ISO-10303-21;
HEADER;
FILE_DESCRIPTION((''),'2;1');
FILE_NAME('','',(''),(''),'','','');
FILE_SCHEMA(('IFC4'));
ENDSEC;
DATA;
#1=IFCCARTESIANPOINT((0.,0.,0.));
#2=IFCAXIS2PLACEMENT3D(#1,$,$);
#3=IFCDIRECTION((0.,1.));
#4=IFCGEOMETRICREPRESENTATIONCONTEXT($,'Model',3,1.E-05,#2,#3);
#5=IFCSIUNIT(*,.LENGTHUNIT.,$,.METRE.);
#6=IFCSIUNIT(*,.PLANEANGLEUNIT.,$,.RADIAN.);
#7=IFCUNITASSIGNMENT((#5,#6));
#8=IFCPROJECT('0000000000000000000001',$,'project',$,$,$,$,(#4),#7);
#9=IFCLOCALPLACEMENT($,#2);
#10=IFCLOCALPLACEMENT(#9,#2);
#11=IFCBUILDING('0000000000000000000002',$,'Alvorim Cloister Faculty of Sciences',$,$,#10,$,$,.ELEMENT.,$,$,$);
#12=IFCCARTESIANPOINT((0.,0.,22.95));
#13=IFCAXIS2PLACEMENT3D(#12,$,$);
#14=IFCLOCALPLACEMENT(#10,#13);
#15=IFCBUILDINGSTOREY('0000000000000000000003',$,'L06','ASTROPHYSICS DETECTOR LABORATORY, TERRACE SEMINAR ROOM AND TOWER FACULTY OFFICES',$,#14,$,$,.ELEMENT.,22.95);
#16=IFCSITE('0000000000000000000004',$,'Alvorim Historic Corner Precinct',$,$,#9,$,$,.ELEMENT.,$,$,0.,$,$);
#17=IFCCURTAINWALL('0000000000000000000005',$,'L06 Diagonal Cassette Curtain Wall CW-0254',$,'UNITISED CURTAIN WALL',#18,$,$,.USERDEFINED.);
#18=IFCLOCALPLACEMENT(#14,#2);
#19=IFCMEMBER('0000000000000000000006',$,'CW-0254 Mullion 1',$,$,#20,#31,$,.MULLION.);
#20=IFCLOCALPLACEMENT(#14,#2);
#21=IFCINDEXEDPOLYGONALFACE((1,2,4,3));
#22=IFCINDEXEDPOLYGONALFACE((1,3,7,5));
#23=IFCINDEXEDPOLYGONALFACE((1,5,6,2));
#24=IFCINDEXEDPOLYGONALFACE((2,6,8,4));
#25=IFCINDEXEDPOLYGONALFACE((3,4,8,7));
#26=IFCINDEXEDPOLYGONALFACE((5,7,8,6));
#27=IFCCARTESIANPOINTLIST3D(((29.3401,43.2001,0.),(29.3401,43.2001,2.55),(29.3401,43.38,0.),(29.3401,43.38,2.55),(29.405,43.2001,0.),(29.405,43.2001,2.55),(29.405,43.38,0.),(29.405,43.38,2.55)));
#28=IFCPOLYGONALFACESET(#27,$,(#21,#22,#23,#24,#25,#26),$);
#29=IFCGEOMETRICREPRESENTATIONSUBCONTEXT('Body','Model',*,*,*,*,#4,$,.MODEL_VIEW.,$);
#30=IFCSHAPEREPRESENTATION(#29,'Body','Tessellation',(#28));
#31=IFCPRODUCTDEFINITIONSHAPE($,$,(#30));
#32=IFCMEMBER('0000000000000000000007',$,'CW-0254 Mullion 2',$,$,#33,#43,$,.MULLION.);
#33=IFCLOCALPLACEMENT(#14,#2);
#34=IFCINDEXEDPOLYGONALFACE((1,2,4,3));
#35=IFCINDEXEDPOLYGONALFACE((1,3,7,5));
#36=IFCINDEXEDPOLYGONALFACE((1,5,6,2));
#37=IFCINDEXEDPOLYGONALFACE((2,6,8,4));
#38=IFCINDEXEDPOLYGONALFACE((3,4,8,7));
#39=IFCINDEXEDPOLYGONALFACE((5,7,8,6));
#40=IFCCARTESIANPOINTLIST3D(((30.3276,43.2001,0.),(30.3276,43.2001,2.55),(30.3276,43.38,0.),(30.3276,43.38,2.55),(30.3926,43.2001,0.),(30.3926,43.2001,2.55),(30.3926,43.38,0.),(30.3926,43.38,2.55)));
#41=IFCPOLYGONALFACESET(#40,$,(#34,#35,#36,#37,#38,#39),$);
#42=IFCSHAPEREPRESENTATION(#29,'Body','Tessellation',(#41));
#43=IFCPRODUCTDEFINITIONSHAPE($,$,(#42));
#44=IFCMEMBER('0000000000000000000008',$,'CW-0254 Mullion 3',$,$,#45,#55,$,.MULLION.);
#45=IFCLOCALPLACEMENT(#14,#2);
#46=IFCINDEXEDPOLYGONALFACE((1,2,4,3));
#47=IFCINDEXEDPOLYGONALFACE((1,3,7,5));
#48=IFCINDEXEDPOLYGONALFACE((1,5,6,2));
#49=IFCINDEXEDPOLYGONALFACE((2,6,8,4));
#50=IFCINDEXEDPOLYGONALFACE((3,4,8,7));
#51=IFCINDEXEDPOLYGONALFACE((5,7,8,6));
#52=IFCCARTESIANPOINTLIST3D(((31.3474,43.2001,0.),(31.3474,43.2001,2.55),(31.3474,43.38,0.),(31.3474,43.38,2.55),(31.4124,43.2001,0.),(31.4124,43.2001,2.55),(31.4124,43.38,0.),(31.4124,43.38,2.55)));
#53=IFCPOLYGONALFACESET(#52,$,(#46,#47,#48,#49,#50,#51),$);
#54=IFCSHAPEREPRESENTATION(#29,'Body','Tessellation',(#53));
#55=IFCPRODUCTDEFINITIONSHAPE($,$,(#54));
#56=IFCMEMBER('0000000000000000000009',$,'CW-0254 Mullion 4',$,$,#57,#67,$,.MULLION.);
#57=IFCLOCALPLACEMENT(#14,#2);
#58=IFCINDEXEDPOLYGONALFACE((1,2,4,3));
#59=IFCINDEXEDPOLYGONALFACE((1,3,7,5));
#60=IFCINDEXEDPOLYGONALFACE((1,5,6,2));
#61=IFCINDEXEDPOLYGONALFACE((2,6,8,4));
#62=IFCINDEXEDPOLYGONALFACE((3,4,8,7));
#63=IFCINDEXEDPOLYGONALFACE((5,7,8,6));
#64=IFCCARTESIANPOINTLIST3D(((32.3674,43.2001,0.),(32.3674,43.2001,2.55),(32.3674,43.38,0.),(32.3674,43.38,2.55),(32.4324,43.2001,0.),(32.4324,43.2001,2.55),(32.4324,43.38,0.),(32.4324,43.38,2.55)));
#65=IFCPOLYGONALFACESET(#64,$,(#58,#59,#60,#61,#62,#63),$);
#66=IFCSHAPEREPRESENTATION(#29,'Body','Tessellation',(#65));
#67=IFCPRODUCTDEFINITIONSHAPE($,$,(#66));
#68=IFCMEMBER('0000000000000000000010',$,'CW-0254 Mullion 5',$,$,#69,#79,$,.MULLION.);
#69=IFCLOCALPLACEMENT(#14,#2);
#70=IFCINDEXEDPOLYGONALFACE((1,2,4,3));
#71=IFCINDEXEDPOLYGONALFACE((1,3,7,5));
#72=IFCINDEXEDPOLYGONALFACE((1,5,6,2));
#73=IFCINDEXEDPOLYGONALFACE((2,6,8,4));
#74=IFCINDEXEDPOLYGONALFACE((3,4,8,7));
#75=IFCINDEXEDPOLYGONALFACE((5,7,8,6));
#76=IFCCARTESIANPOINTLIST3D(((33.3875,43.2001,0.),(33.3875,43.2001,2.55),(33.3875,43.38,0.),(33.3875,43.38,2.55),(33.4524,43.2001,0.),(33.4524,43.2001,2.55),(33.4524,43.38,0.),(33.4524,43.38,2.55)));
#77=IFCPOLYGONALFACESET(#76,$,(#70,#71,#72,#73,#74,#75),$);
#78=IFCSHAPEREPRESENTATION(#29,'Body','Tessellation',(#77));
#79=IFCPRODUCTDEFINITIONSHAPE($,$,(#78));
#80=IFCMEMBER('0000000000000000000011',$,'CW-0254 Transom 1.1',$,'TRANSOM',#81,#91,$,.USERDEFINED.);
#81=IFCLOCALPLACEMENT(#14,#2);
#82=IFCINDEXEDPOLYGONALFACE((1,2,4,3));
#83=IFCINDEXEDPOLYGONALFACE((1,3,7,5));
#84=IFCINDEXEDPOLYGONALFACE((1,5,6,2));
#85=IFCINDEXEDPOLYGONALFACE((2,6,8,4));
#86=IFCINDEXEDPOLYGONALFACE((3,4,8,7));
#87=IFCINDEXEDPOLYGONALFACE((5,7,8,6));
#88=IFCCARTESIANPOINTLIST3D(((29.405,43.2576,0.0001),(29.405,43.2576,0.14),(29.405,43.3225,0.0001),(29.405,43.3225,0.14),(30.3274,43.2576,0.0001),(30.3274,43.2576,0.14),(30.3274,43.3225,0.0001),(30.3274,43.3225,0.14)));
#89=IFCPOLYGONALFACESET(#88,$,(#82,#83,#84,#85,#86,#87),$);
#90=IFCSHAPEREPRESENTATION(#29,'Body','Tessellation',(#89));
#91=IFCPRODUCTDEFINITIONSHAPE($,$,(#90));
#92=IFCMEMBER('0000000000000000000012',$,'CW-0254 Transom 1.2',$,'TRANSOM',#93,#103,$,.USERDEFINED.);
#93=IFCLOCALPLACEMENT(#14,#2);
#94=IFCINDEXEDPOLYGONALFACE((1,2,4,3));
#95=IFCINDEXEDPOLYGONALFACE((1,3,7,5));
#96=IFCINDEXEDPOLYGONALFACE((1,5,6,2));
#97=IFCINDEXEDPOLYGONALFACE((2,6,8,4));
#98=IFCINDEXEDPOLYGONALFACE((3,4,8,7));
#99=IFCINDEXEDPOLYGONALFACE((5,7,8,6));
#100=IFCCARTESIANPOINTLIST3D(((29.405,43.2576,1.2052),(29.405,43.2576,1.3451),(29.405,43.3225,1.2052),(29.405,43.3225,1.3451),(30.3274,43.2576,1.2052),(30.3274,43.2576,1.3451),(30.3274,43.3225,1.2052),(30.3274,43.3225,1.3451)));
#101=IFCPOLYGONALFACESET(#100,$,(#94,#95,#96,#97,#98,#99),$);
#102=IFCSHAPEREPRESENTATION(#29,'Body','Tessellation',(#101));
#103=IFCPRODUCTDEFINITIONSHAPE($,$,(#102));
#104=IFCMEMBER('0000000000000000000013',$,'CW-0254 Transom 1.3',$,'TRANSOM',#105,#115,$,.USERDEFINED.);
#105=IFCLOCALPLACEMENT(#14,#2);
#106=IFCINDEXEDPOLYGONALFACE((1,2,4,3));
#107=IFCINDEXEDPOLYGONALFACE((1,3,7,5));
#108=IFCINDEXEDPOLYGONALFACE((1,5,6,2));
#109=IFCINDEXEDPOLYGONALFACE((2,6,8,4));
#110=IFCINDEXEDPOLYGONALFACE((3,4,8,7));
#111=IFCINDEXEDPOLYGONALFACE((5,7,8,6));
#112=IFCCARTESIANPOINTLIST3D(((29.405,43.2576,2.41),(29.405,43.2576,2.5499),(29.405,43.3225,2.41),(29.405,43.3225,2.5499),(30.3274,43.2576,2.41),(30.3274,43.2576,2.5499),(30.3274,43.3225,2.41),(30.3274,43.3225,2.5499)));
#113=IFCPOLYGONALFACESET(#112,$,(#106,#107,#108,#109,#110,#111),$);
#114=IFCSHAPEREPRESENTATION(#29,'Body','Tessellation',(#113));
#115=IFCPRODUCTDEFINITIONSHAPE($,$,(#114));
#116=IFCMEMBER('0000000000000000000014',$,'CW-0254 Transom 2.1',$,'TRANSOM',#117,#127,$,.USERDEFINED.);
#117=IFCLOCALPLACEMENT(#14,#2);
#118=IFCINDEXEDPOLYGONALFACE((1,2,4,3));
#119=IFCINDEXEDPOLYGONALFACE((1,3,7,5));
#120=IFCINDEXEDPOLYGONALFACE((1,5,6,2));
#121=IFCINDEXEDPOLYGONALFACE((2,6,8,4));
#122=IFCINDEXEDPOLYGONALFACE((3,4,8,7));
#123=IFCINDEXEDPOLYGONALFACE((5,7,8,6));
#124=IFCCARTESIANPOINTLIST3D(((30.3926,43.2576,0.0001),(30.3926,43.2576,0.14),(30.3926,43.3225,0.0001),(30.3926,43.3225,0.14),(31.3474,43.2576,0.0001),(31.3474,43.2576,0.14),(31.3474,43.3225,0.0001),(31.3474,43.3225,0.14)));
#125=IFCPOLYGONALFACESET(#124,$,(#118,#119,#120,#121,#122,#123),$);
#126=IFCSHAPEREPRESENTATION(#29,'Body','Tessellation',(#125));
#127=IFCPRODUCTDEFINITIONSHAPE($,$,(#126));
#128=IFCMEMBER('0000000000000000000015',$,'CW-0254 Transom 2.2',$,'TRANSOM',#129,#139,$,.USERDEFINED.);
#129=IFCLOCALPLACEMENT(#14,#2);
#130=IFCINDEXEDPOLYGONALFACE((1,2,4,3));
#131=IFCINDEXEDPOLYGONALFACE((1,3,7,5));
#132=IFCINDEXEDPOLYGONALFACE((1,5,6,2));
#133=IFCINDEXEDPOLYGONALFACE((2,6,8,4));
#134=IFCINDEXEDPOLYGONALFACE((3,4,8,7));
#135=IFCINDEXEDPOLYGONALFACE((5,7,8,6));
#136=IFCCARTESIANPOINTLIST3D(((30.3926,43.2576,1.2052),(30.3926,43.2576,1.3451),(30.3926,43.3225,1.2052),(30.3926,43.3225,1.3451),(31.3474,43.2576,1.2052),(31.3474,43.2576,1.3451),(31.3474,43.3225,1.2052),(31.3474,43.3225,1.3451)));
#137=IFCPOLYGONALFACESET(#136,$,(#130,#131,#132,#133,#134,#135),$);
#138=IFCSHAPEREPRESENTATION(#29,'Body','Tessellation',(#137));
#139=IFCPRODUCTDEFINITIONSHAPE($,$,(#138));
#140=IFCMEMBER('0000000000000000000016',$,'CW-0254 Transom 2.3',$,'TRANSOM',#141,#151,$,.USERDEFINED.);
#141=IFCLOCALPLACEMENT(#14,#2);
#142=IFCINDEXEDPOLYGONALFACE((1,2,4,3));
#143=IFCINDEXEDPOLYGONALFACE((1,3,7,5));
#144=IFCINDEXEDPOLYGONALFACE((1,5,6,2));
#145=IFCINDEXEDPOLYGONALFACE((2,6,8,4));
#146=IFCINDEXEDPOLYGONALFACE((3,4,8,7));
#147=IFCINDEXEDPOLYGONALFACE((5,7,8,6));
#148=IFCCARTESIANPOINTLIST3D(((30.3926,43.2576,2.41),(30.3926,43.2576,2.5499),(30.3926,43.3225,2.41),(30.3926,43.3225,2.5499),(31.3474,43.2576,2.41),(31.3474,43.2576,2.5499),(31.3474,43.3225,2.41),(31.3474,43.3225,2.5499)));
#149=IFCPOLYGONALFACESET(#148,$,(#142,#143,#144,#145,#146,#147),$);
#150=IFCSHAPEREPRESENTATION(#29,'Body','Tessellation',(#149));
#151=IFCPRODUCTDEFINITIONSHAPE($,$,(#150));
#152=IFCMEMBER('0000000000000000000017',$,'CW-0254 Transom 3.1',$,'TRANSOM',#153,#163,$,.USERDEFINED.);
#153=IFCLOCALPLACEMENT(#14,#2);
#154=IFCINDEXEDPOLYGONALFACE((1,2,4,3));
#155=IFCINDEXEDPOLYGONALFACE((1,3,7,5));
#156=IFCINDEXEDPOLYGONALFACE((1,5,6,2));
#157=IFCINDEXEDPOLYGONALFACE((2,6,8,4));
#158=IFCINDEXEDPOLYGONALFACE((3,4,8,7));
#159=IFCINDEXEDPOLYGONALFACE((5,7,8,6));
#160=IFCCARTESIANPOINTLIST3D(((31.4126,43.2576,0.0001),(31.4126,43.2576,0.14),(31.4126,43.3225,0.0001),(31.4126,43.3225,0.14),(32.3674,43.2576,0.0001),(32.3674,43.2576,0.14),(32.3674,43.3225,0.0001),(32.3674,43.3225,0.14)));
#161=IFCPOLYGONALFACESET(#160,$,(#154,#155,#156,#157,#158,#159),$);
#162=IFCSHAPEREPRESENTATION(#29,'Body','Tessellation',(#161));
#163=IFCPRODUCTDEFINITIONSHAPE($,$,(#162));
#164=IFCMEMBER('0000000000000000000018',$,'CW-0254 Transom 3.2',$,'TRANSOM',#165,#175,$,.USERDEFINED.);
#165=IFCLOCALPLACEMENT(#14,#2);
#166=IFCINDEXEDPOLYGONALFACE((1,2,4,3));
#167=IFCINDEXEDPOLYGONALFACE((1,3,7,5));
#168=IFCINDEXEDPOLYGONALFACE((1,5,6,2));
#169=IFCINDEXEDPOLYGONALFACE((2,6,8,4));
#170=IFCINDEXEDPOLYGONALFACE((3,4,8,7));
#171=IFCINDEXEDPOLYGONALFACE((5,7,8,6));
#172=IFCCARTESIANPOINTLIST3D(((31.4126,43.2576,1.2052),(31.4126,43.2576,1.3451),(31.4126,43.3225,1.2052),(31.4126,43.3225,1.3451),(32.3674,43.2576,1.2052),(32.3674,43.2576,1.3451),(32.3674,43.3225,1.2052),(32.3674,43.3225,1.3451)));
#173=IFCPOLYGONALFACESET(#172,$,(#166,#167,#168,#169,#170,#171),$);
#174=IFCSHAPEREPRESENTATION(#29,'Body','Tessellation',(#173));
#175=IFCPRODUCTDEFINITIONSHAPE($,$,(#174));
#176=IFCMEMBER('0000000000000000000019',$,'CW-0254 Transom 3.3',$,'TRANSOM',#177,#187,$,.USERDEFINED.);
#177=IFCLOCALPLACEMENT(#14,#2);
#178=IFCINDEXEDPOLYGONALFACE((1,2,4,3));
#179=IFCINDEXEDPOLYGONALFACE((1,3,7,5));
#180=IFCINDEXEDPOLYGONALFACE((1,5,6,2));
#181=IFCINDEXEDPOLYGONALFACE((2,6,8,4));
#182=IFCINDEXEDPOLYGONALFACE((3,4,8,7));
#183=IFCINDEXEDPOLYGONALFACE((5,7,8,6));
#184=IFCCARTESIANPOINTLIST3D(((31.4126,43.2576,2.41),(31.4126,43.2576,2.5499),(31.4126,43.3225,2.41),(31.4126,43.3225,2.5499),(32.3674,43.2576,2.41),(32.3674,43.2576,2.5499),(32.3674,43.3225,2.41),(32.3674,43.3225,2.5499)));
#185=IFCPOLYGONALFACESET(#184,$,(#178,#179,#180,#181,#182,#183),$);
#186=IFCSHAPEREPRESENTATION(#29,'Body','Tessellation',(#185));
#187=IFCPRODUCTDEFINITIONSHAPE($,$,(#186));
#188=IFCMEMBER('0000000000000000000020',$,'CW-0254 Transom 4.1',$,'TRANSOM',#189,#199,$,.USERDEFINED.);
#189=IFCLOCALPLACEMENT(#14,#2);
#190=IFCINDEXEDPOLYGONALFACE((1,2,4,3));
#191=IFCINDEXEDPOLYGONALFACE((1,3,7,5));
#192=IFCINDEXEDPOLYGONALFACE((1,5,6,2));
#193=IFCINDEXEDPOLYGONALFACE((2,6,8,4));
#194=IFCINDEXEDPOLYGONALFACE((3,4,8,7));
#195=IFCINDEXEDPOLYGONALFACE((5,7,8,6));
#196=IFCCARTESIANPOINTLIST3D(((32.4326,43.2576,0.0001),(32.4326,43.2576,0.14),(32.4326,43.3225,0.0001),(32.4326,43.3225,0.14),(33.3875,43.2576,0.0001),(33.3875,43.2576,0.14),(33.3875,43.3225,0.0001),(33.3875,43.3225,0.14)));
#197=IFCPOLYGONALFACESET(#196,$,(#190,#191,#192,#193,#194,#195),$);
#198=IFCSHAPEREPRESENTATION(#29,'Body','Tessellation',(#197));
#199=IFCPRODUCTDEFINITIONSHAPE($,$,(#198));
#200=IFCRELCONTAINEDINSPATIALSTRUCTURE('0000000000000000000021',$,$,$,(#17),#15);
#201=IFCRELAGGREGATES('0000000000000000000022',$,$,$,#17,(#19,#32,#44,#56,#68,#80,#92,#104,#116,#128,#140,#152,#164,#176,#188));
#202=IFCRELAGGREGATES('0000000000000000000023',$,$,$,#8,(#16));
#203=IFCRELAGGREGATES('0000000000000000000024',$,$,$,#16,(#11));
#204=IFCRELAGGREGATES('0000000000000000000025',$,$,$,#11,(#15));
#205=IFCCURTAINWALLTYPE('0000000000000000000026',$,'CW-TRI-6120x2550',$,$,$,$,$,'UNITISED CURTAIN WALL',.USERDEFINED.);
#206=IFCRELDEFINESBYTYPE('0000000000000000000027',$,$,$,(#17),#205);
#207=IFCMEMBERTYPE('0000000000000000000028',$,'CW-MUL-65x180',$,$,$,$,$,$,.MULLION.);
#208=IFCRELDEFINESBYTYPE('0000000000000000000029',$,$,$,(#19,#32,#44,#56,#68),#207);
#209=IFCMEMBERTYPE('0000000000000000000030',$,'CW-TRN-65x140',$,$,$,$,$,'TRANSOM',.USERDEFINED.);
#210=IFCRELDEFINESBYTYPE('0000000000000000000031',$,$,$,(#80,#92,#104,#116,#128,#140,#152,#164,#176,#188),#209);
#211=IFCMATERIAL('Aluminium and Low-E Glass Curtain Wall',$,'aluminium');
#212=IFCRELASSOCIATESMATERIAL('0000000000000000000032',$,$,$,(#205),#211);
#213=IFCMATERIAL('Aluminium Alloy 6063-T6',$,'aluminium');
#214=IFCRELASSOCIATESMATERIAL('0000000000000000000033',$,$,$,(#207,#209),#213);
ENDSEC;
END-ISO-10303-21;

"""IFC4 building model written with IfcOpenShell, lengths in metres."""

from ifc_helpers import new_model, si_unit, direction, frame, origin, origin_2d, place, context, subcontext, project, spatial, rectangle, extrude, material, material_profile, profile_set, type_object, element, aggregate, save


model = new_model("IFC4")

# Units and contexts
model_context = context("Model", 3, precision=1e-05, world=origin(), true_north=direction((0.0, 1.0)))
body_context = subcontext(model_context, "Body", "Model", "MODEL_VIEW")
ifc_project = project(units=[si_unit("LENGTHUNIT", "METRE"), si_unit("PLANEANGLEUNIT", "RADIAN")], contexts=[model_context])

# Site, building, storey
site_placement = place(None, origin())
site = spatial("IfcSite", under=ifc_project, at=site_placement, Name="Alvorim Historic Corner Precinct", CompositionType="ELEMENT", RefElevation=0.0)
building_placement = place(site_placement, origin())
building = spatial("IfcBuilding", under=site, at=building_placement, Name="Alvorim Cloister Faculty of Sciences", CompositionType="ELEMENT")
storey_placement = place(building_placement, frame((0.0, 0.0, 22.95)))
storey = spatial("IfcBuildingStorey", under=building, at=storey_placement, Name="L06", Description="ASTROPHYSICS DETECTOR LABORATORY, TERRACE SEMINAR ROOM AND TOWER FACULTY OFFICES", CompositionType="ELEMENT", Elevation=22.95)

# Curtain wall, members
ifc_material_1 = material(Name="Aluminium and Low-E Glass Curtain Wall", Category="aluminium")
curtain_wall_type = type_object("IfcCurtainWallType", Name="CW-TRI-6120x2550", ElementType="UNITISED CURTAIN WALL", PredefinedType="USERDEFINED", material=ifc_material_1)
curtain_wall_placement = place(storey_placement, origin())
curtain_wall = element("IfcCurtainWall", 1, at=curtain_wall_placement, inside=storey, type_object=curtain_wall_type, Name="L06 Diagonal Cassette Curtain Wall CW-0254", ObjectType="UNITISED CURTAIN WALL", PredefinedType="USERDEFINED")
ifc_material_2 = material(Name="Aluminium Alloy 6063-T6", Category="aluminium")
ifc_material_profile_1 = material_profile(ifc_material_2, rectangle(XDim=0.0649, YDim=0.1799, at=origin_2d()), Name="ALU-MUL-65x180")
ifc_profile_set_1 = profile_set([ifc_material_profile_1], Name="Aluminium Alloy 6063-T6")
member_type_1 = type_object("IfcMemberType", Name="CW-MUL-65x180", PredefinedType="MULLION", material=ifc_profile_set_1)
member_1_placement = place(storey_placement, frame((29.3726, 43.29, 0.0), z_axis=(0.0, 0.0, 1.0), x_axis=(1.0, 0.0, 0.0)))
member_1 = element("IfcMember", 2, at=member_1_placement, type_object=member_type_1, Name="CW-0254 Mullion 1", PredefinedType="MULLION", context=body_context, shape_type="SweptSolid", body=[
    extrude(rectangle(XDim=0.0649, YDim=0.1799, at=origin_2d()), origin(), (0.0, 0.0, 1.0), 2.55),
])
member_2_placement = place(storey_placement, frame((30.3601, 43.29, 0.0), z_axis=(0.0, 0.0, 1.0), x_axis=(1.0, 0.0, 0.0)))
member_2 = element("IfcMember", 3, at=member_2_placement, type_object=member_type_1, Name="CW-0254 Mullion 2", PredefinedType="MULLION", context=body_context, shape_type="SweptSolid", body=[
    extrude(rectangle(XDim=0.0649, YDim=0.1799, at=origin_2d()), origin(), (0.0, 0.0, 1.0), 2.55),
])
member_3_placement = place(storey_placement, frame((31.3799, 43.29, 0.0), z_axis=(0.0, 0.0, 1.0), x_axis=(1.0, 0.0, 0.0)))
member_3 = element("IfcMember", 4, at=member_3_placement, type_object=member_type_1, Name="CW-0254 Mullion 3", PredefinedType="MULLION", context=body_context, shape_type="SweptSolid", body=[
    extrude(rectangle(XDim=0.0649, YDim=0.1799, at=origin_2d()), origin(), (0.0, 0.0, 1.0), 2.55),
])
member_4_placement = place(storey_placement, frame((32.3999, 43.29, 0.0), z_axis=(0.0, 0.0, 1.0), x_axis=(1.0, 0.0, 0.0)))
member_4 = element("IfcMember", 5, at=member_4_placement, type_object=member_type_1, Name="CW-0254 Mullion 4", PredefinedType="MULLION", context=body_context, shape_type="SweptSolid", body=[
    extrude(rectangle(XDim=0.0649, YDim=0.1799, at=origin_2d()), origin(), (0.0, 0.0, 1.0), 2.55),
])
member_5_placement = place(storey_placement, frame((33.4199, 43.29, 0.0), z_axis=(0.0, 0.0, 1.0), x_axis=(1.0, 0.0, 0.0)))
member_5 = element("IfcMember", 6, at=member_5_placement, type_object=member_type_1, Name="CW-0254 Mullion 5", PredefinedType="MULLION", context=body_context, shape_type="SweptSolid", body=[
    extrude(rectangle(XDim=0.0649, YDim=0.1799, at=origin_2d()), origin(), (0.0, 0.0, 1.0), 2.55),
])
ifc_material_profile_2 = material_profile(ifc_material_2, rectangle(XDim=0.0649, YDim=0.1399, at=origin_2d()), Name="ALU-TRN-65x140")
ifc_profile_set_2 = profile_set([ifc_material_profile_2], Name="Aluminium Alloy 6063-T6")
member_type_2 = type_object("IfcMemberType", Name="CW-TRN-65x140", ElementType="TRANSOM", PredefinedType="USERDEFINED", material=ifc_profile_set_2)
member_6_placement = place(storey_placement, frame((29.405, 43.29, 0.0701), z_axis=(1.0, 0.0, 0.0), x_axis=(0.0, 1.0, 0.0)))
member_6 = element("IfcMember", 7, at=member_6_placement, type_object=member_type_2, Name="CW-0254 Transom 1.1", ObjectType="TRANSOM", PredefinedType="USERDEFINED", context=body_context, shape_type="SweptSolid", body=[
    extrude(rectangle(XDim=0.0649, YDim=0.1399, at=origin_2d()), origin(), (0.0, 0.0, 1.0), 0.9224),
])
member_7_placement = place(storey_placement, frame((29.405, 43.29, 1.2751), z_axis=(1.0, 0.0, 0.0), x_axis=(0.0, 1.0, 0.0)))
member_7 = element("IfcMember", 8, at=member_7_placement, type_object=member_type_2, Name="CW-0254 Transom 1.2", ObjectType="TRANSOM", PredefinedType="USERDEFINED", context=body_context, shape_type="SweptSolid", body=[
    extrude(rectangle(XDim=0.0649, YDim=0.1399, at=origin_2d()), origin(), (0.0, 0.0, 1.0), 0.9224),
])
member_8_placement = place(storey_placement, frame((29.405, 43.29, 2.48), z_axis=(1.0, 0.0, 0.0), x_axis=(0.0, 1.0, 0.0)))
member_8 = element("IfcMember", 9, at=member_8_placement, type_object=member_type_2, Name="CW-0254 Transom 1.3", ObjectType="TRANSOM", PredefinedType="USERDEFINED", context=body_context, shape_type="SweptSolid", body=[
    extrude(rectangle(XDim=0.0649, YDim=0.1399, at=origin_2d()), origin(), (0.0, 0.0, 1.0), 0.9224),
])
member_9_placement = place(storey_placement, frame((30.3926, 43.29, 0.0701), z_axis=(1.0, 0.0, 0.0), x_axis=(0.0, 1.0, 0.0)))
member_9 = element("IfcMember", 10, at=member_9_placement, type_object=member_type_2, Name="CW-0254 Transom 2.1", ObjectType="TRANSOM", PredefinedType="USERDEFINED", context=body_context, shape_type="SweptSolid", body=[
    extrude(rectangle(XDim=0.0649, YDim=0.1399, at=origin_2d()), origin(), (0.0, 0.0, 1.0), 0.9548),
])
member_10_placement = place(storey_placement, frame((30.3926, 43.29, 1.2751), z_axis=(1.0, 0.0, 0.0), x_axis=(0.0, 1.0, 0.0)))
member_10 = element("IfcMember", 11, at=member_10_placement, type_object=member_type_2, Name="CW-0254 Transom 2.2", ObjectType="TRANSOM", PredefinedType="USERDEFINED", context=body_context, shape_type="SweptSolid", body=[
    extrude(rectangle(XDim=0.0649, YDim=0.1399, at=origin_2d()), origin(), (0.0, 0.0, 1.0), 0.9548),
])
member_11_placement = place(storey_placement, frame((30.3926, 43.29, 2.48), z_axis=(1.0, 0.0, 0.0), x_axis=(0.0, 1.0, 0.0)))
member_11 = element("IfcMember", 12, at=member_11_placement, type_object=member_type_2, Name="CW-0254 Transom 2.3", ObjectType="TRANSOM", PredefinedType="USERDEFINED", context=body_context, shape_type="SweptSolid", body=[
    extrude(rectangle(XDim=0.0649, YDim=0.1399, at=origin_2d()), origin(), (0.0, 0.0, 1.0), 0.9548),
])
member_12_placement = place(storey_placement, frame((31.4126, 43.29, 0.0701), z_axis=(1.0, 0.0, 0.0), x_axis=(0.0, 1.0, 0.0)))
member_12 = element("IfcMember", 13, at=member_12_placement, type_object=member_type_2, Name="CW-0254 Transom 3.1", ObjectType="TRANSOM", PredefinedType="USERDEFINED", context=body_context, shape_type="SweptSolid", body=[
    extrude(rectangle(XDim=0.0649, YDim=0.1399, at=origin_2d()), origin(), (0.0, 0.0, 1.0), 0.9548),
])
member_13_placement = place(storey_placement, frame((31.4126, 43.29, 1.2751), z_axis=(1.0, 0.0, 0.0), x_axis=(0.0, 1.0, 0.0)))
member_13 = element("IfcMember", 14, at=member_13_placement, type_object=member_type_2, Name="CW-0254 Transom 3.2", ObjectType="TRANSOM", PredefinedType="USERDEFINED", context=body_context, shape_type="SweptSolid", body=[
    extrude(rectangle(XDim=0.0649, YDim=0.1399, at=origin_2d()), origin(), (0.0, 0.0, 1.0), 0.9548),
])
member_14_placement = place(storey_placement, frame((31.4126, 43.29, 2.48), z_axis=(1.0, 0.0, 0.0), x_axis=(0.0, 1.0, 0.0)))
member_14 = element("IfcMember", 15, at=member_14_placement, type_object=member_type_2, Name="CW-0254 Transom 3.3", ObjectType="TRANSOM", PredefinedType="USERDEFINED", context=body_context, shape_type="SweptSolid", body=[
    extrude(rectangle(XDim=0.0649, YDim=0.1399, at=origin_2d()), origin(), (0.0, 0.0, 1.0), 0.9548),
])
member_15_placement = place(storey_placement, frame((32.4326, 43.29, 0.0701), z_axis=(1.0, 0.0, 0.0), x_axis=(0.0, 1.0, 0.0)))
member_15 = element("IfcMember", 16, at=member_15_placement, type_object=member_type_2, Name="CW-0254 Transom 4.1", ObjectType="TRANSOM", PredefinedType="USERDEFINED", context=body_context, shape_type="SweptSolid", body=[
    extrude(rectangle(XDim=0.0649, YDim=0.1399, at=origin_2d()), origin(), (0.0, 0.0, 1.0), 0.9548),
])
aggregate(curtain_wall, [member_1, member_2, member_3, member_4, member_5, member_6, member_7, member_8, member_9, member_10, member_11, member_12, member_13, member_14, member_15])

save(model, "model.ifc")
